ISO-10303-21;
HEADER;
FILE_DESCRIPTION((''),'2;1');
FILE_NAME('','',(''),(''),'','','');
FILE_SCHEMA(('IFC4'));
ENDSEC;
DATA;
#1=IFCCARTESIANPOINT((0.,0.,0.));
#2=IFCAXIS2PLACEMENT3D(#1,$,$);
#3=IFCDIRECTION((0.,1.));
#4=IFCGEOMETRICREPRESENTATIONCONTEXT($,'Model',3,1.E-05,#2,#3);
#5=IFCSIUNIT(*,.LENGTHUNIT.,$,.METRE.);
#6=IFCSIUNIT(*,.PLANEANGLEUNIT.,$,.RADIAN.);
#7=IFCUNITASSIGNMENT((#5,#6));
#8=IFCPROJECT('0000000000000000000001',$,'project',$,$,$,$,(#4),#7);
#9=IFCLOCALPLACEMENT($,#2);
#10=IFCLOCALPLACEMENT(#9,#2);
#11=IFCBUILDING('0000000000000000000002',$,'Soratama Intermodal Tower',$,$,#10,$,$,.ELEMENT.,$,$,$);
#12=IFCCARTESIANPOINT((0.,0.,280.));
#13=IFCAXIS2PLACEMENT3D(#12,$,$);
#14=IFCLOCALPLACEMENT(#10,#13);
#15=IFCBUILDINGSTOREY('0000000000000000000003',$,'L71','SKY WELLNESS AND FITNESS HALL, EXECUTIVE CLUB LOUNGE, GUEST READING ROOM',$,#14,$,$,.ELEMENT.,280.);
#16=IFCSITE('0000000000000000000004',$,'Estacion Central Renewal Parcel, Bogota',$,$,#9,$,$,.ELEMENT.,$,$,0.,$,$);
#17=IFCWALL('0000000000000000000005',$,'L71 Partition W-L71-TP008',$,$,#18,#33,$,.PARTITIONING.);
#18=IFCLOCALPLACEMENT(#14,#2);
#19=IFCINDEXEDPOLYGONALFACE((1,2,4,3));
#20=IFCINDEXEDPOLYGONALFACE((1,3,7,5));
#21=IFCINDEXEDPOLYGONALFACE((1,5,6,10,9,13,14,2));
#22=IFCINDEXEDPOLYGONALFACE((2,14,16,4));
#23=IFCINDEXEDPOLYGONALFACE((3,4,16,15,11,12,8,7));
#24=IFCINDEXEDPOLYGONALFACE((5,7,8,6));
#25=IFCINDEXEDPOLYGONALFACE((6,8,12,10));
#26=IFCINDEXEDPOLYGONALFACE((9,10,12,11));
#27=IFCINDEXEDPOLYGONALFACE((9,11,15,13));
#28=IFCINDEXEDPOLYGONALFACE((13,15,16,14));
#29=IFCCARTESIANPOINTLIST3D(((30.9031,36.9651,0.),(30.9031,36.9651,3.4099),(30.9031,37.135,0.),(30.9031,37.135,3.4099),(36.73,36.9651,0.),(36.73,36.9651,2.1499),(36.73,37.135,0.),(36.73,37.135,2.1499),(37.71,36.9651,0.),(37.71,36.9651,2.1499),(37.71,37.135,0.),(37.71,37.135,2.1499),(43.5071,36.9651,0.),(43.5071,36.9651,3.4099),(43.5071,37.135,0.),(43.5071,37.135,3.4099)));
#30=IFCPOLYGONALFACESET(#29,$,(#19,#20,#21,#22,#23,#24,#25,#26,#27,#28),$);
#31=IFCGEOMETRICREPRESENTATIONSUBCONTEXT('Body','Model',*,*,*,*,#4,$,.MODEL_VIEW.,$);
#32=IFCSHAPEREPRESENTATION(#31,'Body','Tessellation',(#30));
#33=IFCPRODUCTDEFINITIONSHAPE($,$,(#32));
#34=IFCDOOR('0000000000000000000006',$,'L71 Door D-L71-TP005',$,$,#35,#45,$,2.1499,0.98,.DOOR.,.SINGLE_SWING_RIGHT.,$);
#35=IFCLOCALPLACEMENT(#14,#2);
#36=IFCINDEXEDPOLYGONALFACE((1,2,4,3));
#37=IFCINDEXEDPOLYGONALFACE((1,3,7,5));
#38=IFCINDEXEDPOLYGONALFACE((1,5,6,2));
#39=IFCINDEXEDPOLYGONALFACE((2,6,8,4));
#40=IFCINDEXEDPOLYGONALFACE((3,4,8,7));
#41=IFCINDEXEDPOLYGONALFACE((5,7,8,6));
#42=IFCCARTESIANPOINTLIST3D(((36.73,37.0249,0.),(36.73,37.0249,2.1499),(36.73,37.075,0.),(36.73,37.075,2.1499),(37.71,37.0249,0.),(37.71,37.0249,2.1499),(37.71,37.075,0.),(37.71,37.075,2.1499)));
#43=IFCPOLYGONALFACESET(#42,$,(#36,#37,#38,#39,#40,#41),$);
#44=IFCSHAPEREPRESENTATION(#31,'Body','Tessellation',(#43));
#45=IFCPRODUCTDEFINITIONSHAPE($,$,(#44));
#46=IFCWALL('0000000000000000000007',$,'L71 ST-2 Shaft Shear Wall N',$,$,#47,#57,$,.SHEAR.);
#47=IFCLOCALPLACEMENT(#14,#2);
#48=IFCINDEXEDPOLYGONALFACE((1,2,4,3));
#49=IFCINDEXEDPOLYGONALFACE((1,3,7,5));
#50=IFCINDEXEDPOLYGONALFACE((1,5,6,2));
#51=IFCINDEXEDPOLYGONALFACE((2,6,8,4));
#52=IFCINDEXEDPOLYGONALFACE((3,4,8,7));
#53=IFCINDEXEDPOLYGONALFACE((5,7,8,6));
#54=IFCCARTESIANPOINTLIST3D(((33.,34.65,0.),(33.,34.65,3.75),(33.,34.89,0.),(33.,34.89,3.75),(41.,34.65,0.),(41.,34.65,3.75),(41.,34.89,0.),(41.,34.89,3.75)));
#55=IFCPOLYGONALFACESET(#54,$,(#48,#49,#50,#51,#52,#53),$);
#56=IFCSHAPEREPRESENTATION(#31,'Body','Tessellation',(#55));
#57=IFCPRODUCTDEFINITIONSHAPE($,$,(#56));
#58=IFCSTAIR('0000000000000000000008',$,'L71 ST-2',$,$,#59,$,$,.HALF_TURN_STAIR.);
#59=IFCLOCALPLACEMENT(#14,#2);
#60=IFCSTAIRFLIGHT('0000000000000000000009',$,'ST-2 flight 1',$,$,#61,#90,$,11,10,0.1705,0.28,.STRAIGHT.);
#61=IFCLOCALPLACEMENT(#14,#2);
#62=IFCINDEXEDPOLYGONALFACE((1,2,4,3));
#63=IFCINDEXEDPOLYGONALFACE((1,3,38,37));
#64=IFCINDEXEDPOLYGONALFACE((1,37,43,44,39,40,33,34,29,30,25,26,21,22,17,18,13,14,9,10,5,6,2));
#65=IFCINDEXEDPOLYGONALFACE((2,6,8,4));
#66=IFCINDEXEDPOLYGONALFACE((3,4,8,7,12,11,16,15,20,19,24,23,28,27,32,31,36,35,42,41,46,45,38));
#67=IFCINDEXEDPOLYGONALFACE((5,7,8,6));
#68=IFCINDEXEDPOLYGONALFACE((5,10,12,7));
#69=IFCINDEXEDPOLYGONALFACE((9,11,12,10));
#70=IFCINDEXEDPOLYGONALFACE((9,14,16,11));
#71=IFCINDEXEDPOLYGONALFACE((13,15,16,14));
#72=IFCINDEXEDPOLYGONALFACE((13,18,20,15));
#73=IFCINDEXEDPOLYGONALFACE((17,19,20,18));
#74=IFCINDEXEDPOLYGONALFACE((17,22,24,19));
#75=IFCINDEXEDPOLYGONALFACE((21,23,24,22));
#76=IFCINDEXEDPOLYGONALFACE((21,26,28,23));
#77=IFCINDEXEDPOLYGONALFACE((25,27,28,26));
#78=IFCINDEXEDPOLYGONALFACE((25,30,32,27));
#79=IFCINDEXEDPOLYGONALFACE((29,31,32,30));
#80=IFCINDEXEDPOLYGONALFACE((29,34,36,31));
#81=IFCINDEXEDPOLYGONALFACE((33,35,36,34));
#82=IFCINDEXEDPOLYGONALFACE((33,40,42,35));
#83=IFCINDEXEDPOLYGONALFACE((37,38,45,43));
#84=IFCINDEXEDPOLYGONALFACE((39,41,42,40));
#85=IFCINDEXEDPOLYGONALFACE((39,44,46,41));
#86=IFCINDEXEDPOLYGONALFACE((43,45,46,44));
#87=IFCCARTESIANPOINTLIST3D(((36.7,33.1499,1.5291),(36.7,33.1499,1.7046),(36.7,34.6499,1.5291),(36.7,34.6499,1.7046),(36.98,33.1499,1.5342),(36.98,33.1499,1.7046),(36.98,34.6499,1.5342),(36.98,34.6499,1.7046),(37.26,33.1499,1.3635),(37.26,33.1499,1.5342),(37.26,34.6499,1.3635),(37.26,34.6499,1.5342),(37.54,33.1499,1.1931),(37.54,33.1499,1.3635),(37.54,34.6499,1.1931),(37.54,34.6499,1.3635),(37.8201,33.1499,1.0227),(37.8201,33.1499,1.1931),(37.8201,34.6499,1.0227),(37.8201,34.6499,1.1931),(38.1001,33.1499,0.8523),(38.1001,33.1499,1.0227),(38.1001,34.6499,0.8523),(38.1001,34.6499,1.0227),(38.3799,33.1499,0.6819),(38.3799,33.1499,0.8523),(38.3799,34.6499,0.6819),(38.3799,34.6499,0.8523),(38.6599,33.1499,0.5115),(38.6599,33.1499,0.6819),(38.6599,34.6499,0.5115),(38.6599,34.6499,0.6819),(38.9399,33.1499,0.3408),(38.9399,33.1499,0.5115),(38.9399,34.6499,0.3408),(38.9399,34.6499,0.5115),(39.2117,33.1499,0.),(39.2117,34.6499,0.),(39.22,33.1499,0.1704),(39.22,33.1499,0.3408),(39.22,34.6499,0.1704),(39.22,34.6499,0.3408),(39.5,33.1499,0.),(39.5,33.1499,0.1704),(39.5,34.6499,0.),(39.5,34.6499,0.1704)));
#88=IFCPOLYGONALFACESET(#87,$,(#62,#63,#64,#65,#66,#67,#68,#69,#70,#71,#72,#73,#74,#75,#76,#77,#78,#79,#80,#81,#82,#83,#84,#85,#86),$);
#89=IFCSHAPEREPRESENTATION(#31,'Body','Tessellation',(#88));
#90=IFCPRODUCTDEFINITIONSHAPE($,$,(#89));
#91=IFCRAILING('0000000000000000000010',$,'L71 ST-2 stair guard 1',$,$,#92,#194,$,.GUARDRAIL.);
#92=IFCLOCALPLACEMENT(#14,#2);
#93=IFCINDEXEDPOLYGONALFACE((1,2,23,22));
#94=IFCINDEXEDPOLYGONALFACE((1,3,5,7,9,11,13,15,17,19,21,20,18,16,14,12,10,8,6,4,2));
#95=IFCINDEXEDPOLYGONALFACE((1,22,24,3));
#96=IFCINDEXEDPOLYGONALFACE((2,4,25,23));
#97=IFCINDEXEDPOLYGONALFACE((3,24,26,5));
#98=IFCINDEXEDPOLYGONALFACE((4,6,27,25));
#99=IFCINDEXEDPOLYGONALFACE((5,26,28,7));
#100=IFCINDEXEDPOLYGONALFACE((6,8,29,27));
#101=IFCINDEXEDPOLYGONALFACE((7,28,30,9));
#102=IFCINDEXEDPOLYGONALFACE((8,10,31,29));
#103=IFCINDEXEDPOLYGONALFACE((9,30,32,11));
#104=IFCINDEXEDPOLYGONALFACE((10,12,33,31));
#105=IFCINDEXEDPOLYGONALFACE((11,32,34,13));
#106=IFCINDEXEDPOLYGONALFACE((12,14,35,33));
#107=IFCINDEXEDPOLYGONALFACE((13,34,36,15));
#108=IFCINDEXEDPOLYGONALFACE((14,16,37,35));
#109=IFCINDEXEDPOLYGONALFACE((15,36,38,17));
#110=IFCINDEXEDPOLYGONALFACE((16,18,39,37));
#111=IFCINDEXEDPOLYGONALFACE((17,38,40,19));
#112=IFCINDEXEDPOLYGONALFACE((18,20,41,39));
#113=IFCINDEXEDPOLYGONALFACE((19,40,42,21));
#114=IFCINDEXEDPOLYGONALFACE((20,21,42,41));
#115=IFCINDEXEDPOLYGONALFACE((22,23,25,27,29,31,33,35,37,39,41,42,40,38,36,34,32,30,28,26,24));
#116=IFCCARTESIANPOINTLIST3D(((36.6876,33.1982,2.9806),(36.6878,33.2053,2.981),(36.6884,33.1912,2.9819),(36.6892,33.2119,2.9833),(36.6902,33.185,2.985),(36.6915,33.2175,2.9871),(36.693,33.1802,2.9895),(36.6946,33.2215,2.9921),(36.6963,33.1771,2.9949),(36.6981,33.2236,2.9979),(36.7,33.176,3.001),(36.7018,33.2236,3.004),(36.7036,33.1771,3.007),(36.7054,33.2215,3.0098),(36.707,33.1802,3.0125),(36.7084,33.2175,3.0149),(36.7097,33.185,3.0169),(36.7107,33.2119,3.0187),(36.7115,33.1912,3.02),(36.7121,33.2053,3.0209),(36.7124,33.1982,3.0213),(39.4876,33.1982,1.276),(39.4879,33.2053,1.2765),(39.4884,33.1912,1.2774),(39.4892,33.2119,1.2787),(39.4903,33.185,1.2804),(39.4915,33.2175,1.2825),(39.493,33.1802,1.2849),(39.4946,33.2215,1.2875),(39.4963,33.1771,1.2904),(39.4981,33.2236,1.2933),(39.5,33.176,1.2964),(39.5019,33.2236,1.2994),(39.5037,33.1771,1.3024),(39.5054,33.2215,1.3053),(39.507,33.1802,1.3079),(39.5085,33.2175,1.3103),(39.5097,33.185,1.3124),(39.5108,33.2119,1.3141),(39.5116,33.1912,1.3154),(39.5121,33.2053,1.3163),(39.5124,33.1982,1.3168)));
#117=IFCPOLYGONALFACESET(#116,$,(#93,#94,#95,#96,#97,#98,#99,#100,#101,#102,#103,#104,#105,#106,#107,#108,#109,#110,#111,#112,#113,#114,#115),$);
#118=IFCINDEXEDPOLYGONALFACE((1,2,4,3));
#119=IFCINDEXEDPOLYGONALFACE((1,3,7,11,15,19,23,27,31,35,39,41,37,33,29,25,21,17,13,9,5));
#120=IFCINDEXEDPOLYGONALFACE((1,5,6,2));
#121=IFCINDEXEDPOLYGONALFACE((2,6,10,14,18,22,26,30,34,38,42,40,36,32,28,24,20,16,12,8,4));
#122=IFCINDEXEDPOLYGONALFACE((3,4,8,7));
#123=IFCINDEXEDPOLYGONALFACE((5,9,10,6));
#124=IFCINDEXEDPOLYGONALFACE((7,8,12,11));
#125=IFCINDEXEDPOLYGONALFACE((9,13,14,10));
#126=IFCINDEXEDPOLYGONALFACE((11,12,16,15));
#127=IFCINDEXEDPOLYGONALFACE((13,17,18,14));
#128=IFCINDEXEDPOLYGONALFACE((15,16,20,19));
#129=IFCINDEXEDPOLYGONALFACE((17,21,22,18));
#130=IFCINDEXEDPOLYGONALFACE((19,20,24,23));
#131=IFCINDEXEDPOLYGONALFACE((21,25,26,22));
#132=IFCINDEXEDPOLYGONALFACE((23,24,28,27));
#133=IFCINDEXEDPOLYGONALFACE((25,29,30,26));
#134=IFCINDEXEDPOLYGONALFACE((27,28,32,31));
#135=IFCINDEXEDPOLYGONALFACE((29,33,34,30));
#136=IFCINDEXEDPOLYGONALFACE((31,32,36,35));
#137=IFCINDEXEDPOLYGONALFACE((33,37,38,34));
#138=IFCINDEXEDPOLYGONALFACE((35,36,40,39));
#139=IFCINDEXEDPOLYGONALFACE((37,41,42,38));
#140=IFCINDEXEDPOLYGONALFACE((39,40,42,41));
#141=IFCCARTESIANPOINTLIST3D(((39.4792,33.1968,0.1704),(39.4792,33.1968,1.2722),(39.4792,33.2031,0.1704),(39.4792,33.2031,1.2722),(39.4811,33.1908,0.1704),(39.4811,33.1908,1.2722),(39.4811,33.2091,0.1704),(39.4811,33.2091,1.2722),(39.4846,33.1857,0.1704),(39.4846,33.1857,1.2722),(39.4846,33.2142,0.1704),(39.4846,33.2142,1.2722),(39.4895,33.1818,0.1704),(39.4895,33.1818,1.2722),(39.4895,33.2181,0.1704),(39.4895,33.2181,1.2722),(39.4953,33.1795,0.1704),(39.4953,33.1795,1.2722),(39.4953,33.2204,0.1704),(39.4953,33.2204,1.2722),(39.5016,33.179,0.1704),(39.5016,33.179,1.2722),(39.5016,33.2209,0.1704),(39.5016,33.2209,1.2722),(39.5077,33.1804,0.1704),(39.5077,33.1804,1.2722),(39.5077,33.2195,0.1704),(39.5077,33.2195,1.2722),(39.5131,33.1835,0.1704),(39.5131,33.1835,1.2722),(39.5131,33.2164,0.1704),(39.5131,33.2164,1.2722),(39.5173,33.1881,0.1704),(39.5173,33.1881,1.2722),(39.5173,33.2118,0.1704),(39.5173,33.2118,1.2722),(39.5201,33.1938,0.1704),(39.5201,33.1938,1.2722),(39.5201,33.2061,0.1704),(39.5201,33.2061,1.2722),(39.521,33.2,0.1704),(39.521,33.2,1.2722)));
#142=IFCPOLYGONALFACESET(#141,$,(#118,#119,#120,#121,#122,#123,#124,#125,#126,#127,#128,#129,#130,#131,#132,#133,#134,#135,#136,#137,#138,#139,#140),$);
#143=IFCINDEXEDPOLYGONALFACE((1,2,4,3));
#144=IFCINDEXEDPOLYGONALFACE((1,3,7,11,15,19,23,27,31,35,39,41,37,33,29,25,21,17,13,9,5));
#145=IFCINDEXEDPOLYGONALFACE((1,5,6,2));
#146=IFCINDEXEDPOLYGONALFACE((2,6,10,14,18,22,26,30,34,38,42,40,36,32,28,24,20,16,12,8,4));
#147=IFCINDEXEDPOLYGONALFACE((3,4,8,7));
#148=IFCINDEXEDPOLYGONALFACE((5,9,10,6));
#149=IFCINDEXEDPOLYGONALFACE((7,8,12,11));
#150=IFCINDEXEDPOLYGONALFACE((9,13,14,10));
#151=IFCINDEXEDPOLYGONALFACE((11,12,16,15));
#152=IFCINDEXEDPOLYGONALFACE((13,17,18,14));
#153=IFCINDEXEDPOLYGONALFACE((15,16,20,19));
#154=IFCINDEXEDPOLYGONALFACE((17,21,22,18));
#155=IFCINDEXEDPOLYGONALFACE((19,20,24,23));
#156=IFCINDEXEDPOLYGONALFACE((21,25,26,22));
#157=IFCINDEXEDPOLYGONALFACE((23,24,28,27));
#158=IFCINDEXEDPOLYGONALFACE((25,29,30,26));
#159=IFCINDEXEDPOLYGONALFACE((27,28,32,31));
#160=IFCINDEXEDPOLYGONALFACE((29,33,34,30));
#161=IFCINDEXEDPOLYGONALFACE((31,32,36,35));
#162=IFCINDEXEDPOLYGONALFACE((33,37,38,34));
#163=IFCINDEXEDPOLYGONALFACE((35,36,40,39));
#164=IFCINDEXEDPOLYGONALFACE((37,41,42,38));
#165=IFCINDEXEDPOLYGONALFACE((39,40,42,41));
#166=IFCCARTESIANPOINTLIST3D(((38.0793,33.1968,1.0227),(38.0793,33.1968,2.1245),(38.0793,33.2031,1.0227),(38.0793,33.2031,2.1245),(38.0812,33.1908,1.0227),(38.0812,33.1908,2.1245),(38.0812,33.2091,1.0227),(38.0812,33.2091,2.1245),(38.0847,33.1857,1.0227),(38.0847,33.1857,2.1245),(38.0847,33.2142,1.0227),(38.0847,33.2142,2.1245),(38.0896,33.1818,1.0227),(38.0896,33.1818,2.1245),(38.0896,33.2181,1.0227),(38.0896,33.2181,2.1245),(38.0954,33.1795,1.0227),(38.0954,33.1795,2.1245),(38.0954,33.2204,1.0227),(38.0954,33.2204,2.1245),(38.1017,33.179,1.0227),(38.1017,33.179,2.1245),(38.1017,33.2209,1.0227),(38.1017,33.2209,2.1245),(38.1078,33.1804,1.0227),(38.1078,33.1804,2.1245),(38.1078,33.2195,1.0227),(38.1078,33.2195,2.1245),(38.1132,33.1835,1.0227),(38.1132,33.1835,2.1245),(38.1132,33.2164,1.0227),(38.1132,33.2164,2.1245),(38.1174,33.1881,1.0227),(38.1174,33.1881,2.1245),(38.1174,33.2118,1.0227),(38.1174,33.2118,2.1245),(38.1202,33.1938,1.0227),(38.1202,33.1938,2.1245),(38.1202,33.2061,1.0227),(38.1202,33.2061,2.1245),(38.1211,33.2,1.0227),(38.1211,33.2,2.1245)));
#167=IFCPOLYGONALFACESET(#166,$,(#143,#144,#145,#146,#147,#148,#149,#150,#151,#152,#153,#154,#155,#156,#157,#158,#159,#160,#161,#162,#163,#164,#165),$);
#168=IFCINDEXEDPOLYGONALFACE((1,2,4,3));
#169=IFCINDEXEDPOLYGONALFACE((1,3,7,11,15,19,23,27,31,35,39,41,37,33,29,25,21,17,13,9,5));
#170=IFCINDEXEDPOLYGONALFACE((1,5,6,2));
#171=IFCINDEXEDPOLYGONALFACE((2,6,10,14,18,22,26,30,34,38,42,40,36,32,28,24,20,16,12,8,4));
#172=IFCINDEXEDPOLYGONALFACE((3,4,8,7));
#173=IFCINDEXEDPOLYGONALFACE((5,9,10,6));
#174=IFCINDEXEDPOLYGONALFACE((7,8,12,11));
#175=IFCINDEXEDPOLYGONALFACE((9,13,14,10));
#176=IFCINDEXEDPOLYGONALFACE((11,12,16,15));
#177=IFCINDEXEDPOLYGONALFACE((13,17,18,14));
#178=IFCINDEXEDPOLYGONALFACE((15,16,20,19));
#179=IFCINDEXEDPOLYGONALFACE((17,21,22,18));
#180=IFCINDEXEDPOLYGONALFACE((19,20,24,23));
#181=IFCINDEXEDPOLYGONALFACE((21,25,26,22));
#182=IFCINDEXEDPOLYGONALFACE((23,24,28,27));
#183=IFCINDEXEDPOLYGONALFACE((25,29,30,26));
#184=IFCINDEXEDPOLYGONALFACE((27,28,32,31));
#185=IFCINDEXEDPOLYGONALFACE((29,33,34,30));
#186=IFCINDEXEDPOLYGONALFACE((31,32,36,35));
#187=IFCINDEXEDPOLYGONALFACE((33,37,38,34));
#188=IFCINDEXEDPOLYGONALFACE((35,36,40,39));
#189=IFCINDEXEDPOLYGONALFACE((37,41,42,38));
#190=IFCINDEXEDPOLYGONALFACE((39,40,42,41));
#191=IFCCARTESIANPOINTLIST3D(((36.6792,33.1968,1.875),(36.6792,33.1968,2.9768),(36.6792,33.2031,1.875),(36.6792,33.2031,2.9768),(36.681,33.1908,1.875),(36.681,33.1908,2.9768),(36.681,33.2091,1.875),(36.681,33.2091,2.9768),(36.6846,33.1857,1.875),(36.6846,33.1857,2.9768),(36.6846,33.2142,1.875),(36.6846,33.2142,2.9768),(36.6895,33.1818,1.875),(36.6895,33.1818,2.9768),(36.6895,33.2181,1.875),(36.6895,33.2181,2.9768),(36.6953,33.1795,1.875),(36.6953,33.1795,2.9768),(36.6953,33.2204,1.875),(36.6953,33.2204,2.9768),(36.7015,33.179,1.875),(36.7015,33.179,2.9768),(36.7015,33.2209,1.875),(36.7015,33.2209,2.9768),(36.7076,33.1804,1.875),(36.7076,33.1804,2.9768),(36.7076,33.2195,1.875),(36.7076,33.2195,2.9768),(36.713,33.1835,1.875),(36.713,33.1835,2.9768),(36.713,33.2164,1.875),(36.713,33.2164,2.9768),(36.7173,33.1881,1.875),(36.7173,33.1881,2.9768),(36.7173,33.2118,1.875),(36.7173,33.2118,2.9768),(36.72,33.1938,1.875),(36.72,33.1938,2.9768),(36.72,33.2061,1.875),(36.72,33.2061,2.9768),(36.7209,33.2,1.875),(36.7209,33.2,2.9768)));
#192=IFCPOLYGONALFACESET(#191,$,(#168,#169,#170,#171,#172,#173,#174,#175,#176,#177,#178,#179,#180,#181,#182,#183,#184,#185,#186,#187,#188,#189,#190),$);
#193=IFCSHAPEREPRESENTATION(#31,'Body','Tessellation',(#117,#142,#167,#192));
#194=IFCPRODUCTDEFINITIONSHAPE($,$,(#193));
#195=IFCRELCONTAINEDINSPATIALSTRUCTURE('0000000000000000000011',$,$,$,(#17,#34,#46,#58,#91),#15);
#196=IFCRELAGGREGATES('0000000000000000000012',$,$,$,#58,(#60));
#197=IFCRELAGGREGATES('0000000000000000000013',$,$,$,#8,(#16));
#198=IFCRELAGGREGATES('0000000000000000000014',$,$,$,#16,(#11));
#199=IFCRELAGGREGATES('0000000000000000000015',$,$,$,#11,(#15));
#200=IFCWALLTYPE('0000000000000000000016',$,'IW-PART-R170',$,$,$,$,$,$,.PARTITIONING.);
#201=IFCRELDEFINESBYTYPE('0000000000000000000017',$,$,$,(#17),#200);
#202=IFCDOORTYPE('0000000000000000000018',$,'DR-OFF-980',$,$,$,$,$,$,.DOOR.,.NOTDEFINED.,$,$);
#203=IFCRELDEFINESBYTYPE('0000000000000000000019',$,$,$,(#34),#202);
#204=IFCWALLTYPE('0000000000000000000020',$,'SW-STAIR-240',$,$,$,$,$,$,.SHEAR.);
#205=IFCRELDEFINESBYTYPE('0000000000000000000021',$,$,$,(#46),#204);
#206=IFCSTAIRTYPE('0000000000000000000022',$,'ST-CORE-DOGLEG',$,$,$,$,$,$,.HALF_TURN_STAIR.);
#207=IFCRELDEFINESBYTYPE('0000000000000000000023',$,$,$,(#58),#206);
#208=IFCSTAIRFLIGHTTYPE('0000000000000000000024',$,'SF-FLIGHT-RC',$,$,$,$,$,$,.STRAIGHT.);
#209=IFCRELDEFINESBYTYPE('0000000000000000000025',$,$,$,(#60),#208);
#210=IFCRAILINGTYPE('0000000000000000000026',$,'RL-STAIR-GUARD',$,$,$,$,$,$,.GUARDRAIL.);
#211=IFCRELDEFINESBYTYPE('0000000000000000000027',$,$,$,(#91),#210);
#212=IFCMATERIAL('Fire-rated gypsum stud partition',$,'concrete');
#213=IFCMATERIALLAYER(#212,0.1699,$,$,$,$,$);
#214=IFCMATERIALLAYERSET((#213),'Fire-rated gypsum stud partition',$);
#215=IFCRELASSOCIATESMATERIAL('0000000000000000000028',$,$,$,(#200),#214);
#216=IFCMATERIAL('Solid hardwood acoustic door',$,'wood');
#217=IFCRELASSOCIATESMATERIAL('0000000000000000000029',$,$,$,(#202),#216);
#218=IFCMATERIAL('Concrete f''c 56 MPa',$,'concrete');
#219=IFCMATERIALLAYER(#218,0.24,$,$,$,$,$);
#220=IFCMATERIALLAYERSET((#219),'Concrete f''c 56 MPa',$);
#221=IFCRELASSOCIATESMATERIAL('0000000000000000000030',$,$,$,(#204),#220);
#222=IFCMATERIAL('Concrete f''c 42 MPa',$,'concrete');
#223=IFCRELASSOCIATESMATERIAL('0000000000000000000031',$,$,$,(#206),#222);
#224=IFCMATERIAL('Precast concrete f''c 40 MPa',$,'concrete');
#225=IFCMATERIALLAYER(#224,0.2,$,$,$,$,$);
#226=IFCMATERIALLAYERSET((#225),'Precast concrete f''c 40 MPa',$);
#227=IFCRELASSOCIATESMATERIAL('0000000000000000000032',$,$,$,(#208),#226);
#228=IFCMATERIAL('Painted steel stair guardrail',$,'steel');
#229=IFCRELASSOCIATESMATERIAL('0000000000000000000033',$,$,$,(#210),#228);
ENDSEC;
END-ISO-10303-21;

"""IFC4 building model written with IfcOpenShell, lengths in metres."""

from ifc_helpers import new_model, si_unit, direction, frame, frame_2d, origin, origin_2d, place, context, subcontext, project, spatial, polyline, rectangle, circle, outline, extrude, material, layer, layer_set, type_object, element, fill, aggregate, save


model = new_model("IFC4")

# Units and contexts
model_context = context("Model", 3, precision=1e-05, world=origin(), true_north=direction((0.0, 1.0)))
body_context = subcontext(model_context, "Body", "Model", "MODEL_VIEW")
ifc_project = project(units=[si_unit("LENGTHUNIT", "METRE"), si_unit("PLANEANGLEUNIT", "RADIAN")], contexts=[model_context])

# Site, building, storey
site_placement = place(None, origin())
site = spatial("IfcSite", under=ifc_project, at=site_placement, Name="Estacion Central Renewal Parcel, Bogota", CompositionType="ELEMENT", RefElevation=0.0)
building_placement = place(site_placement, origin())
building = spatial("IfcBuilding", under=site, at=building_placement, Name="Soratama Intermodal Tower", CompositionType="ELEMENT")
storey_placement = place(building_placement, frame((0.0, 0.0, 280.0)))
storey = spatial("IfcBuildingStorey", under=building, at=storey_placement, Name="L71", Description="SKY WELLNESS AND FITNESS HALL, EXECUTIVE CLUB LOUNGE, GUEST READING ROOM", CompositionType="ELEMENT", Elevation=280.0)

# Wall, opening, door
ifc_material_1 = material(Name="Fire-rated gypsum stud partition", Category="concrete")
ifc_layer_1 = layer(ifc_material_1, 0.1699)
ifc_layer_set_1 = layer_set([ifc_layer_1], Name="Fire-rated gypsum stud partition")
wall_type_1 = type_object("IfcWallType", Name="IW-PART-R170", PredefinedType="PARTITIONING", material=ifc_layer_set_1)
wall_1_placement = place(storey_placement, frame((30.9031, 37.05, 0.0), z_axis=(0.0, 0.0, 1.0), x_axis=(1.0, 0.0, 0.0)))
wall_1 = element("IfcWall", 1, at=wall_1_placement, inside=storey, type_object=wall_type_1, Name="L71 Partition W-L71-TP008", PredefinedType="PARTITIONING", context=body_context, shape_type="SweptSolid", body=[
    extrude(rectangle(XDim=12.604, YDim=0.1699, at=frame_2d((6.302, 0.0))), origin(), (0.0, 0.0, 1.0), 3.4099),
])
opening_placement = place(wall_1_placement, frame((5.8269, 0.0, 0.0)))
opening = element("IfcOpeningElement", 2, at=opening_placement, cuts=wall_1, PredefinedType="OPENING", context=body_context, shape_type="SweptSolid", body=[
    extrude(rectangle(XDim=0.98, YDim=2.1499, at=frame_2d((0.49, 1.075))), frame((0.0, 0.095, 0.0), z_axis=(0.0, -1.0, 0.0), x_axis=(1.0, 0.0, 0.0)), (0.0, 0.0, 1.0), 0.1899),
])
ifc_material_2 = material(Name="Solid hardwood acoustic door", Category="wood")
door_type = type_object("IfcDoorType", Name="DR-OFF-980", OperationType="NOTDEFINED", PredefinedType="DOOR", material=ifc_material_2)
door_placement = place(opening_placement, origin())
door = element("IfcDoor", 3, at=door_placement, inside=storey, type_object=door_type, Name="L71 Door D-L71-TP005", OperationType="SINGLE_SWING_RIGHT", OverallHeight=2.1499, OverallWidth=0.98, PredefinedType="DOOR", context=body_context, shape_type="SweptSolid", body=[
    extrude(rectangle(XDim=0.98, YDim=2.1499, at=frame_2d((0.49, 1.075))), frame((0.0, 0.0249, 0.0), z_axis=(0.0, -1.0, 0.0), x_axis=(1.0, 0.0, 0.0)), (0.0, 0.0, 1.0), 0.05),
])
fill(opening, door)

# Wall
ifc_material_3 = material(Name="Concrete f'c 56 MPa", Category="concrete")
ifc_layer_2 = layer(ifc_material_3, 0.24)
ifc_layer_set_2 = layer_set([ifc_layer_2], Name="Concrete f'c 56 MPa")
wall_type_2 = type_object("IfcWallType", Name="SW-STAIR-240", PredefinedType="SHEAR", material=ifc_layer_set_2)
wall_2_placement = place(storey_placement, frame((33.0, 34.77, 0.0), z_axis=(0.0, 0.0, 1.0), x_axis=(1.0, 0.0, 0.0)))
element("IfcWall", 4, at=wall_2_placement, inside=storey, type_object=wall_type_2, Name="L71 ST-2 Shaft Shear Wall N", PredefinedType="SHEAR", context=body_context, shape_type="SweptSolid", body=[
    extrude(rectangle(XDim=8.0, YDim=0.24, at=frame_2d((4.0, 0.0))), origin(), (0.0, 0.0, 1.0), 3.75),
])

# Stair, stair flight
ifc_material_4 = material(Name="Concrete f'c 42 MPa", Category="concrete")
stair_type = type_object("IfcStairType", Name="ST-CORE-DOGLEG", PredefinedType="HALF_TURN_STAIR", material=ifc_material_4)
stair_placement = place(storey_placement, origin())
stair = element("IfcStair", 5, at=stair_placement, inside=storey, type_object=stair_type, Name="L71 ST-2", PredefinedType="HALF_TURN_STAIR")
ifc_material_5 = material(Name="Precast concrete f'c 40 MPa", Category="concrete")
ifc_layer_3 = layer(ifc_material_5, 0.2)
ifc_layer_set_3 = layer_set([ifc_layer_3], Name="Precast concrete f'c 40 MPa")
stair_flight_type = type_object("IfcStairFlightType", Name="SF-FLIGHT-RC", PredefinedType="STRAIGHT", material=ifc_layer_set_3)
stair_flight_placement = place(storey_placement, frame((39.5, 33.8999, 0.0), z_axis=(0.0, 0.0, 1.0), x_axis=(-1.0, 0.0, 0.0)))
stair_flight = element("IfcStairFlight", 6, at=stair_flight_placement, type_object=stair_flight_type, Name="ST-2 flight 1", NumberOfRisers=11, NumberOfTreads=10, PredefinedType="STRAIGHT", RiserHeight=0.1705, TreadLength=0.28, context=body_context, shape_type="SweptSolid", body=[
    extrude(outline(polyline([(0.0, 0.0), (0.0, 0.1704), (0.28, 0.1704), (0.28, 0.3408), (0.5601, 0.3408), (0.5601, 0.5115), (0.8401, 0.5115), (0.8401, 0.6819), (1.1201, 0.6819), (1.1201, 0.8523), (1.3999, 0.8523), (1.3999, 1.0227), (1.6799, 1.0227), (1.6799, 1.1931), (1.96, 1.1931), (1.96, 1.3635), (2.24, 1.3635), (2.24, 1.5342), (2.52, 1.5342), (2.52, 1.7046), (2.8, 1.7046), (2.8, 1.875), (2.8, 1.5291), (0.2883, 0.0), (0.0, 0.0)])), frame((0.0, 0.75, 0.0), z_axis=(0.0, -1.0, 0.0), x_axis=(1.0, 0.0, 0.0)), (0.0, 0.0, 1.0), 1.5),
])
aggregate(stair, [stair_flight])

# Railing
ifc_material_6 = material(Name="Painted steel stair guardrail", Category="steel")
railing_type_1 = type_object("IfcRailingType", Name="RL-STAIR-GUARD", PredefinedType="GUARDRAIL", material=ifc_material_6)
railing_1_placement = place(storey_placement, frame((39.5, 33.2, 0.1704)))
element("IfcRailing", 7, at=railing_1_placement, inside=storey, type_object=railing_type_1, Name="L71 ST-2 stair guard 1", PredefinedType="GUARDRAIL", context=body_context, shape_type="SweptSolid", body=[
    extrude(circle(Radius=0.0239, at=origin_2d()), frame((0.0, 0.0, 1.126), z_axis=(-0.85417, 0.0, 0.519994), x_axis=(0.0, -1.0, 0.0)), (0.0, 0.0, 1.0), 3.2781),
    extrude(circle(Radius=0.021, at=origin_2d()), origin(), (0.0, 0.0, 1.0), 1.1018),
    extrude(circle(Radius=0.021, at=origin_2d()), frame((-1.3999, 0.0, 0.8523)), (0.0, 0.0, 1.0), 1.1018),
    extrude(circle(Radius=0.021, at=origin_2d()), frame((-2.8, 0.0, 1.7046)), (0.0, 0.0, 1.0), 1.1018),
])

save(model, "model.ifc")
